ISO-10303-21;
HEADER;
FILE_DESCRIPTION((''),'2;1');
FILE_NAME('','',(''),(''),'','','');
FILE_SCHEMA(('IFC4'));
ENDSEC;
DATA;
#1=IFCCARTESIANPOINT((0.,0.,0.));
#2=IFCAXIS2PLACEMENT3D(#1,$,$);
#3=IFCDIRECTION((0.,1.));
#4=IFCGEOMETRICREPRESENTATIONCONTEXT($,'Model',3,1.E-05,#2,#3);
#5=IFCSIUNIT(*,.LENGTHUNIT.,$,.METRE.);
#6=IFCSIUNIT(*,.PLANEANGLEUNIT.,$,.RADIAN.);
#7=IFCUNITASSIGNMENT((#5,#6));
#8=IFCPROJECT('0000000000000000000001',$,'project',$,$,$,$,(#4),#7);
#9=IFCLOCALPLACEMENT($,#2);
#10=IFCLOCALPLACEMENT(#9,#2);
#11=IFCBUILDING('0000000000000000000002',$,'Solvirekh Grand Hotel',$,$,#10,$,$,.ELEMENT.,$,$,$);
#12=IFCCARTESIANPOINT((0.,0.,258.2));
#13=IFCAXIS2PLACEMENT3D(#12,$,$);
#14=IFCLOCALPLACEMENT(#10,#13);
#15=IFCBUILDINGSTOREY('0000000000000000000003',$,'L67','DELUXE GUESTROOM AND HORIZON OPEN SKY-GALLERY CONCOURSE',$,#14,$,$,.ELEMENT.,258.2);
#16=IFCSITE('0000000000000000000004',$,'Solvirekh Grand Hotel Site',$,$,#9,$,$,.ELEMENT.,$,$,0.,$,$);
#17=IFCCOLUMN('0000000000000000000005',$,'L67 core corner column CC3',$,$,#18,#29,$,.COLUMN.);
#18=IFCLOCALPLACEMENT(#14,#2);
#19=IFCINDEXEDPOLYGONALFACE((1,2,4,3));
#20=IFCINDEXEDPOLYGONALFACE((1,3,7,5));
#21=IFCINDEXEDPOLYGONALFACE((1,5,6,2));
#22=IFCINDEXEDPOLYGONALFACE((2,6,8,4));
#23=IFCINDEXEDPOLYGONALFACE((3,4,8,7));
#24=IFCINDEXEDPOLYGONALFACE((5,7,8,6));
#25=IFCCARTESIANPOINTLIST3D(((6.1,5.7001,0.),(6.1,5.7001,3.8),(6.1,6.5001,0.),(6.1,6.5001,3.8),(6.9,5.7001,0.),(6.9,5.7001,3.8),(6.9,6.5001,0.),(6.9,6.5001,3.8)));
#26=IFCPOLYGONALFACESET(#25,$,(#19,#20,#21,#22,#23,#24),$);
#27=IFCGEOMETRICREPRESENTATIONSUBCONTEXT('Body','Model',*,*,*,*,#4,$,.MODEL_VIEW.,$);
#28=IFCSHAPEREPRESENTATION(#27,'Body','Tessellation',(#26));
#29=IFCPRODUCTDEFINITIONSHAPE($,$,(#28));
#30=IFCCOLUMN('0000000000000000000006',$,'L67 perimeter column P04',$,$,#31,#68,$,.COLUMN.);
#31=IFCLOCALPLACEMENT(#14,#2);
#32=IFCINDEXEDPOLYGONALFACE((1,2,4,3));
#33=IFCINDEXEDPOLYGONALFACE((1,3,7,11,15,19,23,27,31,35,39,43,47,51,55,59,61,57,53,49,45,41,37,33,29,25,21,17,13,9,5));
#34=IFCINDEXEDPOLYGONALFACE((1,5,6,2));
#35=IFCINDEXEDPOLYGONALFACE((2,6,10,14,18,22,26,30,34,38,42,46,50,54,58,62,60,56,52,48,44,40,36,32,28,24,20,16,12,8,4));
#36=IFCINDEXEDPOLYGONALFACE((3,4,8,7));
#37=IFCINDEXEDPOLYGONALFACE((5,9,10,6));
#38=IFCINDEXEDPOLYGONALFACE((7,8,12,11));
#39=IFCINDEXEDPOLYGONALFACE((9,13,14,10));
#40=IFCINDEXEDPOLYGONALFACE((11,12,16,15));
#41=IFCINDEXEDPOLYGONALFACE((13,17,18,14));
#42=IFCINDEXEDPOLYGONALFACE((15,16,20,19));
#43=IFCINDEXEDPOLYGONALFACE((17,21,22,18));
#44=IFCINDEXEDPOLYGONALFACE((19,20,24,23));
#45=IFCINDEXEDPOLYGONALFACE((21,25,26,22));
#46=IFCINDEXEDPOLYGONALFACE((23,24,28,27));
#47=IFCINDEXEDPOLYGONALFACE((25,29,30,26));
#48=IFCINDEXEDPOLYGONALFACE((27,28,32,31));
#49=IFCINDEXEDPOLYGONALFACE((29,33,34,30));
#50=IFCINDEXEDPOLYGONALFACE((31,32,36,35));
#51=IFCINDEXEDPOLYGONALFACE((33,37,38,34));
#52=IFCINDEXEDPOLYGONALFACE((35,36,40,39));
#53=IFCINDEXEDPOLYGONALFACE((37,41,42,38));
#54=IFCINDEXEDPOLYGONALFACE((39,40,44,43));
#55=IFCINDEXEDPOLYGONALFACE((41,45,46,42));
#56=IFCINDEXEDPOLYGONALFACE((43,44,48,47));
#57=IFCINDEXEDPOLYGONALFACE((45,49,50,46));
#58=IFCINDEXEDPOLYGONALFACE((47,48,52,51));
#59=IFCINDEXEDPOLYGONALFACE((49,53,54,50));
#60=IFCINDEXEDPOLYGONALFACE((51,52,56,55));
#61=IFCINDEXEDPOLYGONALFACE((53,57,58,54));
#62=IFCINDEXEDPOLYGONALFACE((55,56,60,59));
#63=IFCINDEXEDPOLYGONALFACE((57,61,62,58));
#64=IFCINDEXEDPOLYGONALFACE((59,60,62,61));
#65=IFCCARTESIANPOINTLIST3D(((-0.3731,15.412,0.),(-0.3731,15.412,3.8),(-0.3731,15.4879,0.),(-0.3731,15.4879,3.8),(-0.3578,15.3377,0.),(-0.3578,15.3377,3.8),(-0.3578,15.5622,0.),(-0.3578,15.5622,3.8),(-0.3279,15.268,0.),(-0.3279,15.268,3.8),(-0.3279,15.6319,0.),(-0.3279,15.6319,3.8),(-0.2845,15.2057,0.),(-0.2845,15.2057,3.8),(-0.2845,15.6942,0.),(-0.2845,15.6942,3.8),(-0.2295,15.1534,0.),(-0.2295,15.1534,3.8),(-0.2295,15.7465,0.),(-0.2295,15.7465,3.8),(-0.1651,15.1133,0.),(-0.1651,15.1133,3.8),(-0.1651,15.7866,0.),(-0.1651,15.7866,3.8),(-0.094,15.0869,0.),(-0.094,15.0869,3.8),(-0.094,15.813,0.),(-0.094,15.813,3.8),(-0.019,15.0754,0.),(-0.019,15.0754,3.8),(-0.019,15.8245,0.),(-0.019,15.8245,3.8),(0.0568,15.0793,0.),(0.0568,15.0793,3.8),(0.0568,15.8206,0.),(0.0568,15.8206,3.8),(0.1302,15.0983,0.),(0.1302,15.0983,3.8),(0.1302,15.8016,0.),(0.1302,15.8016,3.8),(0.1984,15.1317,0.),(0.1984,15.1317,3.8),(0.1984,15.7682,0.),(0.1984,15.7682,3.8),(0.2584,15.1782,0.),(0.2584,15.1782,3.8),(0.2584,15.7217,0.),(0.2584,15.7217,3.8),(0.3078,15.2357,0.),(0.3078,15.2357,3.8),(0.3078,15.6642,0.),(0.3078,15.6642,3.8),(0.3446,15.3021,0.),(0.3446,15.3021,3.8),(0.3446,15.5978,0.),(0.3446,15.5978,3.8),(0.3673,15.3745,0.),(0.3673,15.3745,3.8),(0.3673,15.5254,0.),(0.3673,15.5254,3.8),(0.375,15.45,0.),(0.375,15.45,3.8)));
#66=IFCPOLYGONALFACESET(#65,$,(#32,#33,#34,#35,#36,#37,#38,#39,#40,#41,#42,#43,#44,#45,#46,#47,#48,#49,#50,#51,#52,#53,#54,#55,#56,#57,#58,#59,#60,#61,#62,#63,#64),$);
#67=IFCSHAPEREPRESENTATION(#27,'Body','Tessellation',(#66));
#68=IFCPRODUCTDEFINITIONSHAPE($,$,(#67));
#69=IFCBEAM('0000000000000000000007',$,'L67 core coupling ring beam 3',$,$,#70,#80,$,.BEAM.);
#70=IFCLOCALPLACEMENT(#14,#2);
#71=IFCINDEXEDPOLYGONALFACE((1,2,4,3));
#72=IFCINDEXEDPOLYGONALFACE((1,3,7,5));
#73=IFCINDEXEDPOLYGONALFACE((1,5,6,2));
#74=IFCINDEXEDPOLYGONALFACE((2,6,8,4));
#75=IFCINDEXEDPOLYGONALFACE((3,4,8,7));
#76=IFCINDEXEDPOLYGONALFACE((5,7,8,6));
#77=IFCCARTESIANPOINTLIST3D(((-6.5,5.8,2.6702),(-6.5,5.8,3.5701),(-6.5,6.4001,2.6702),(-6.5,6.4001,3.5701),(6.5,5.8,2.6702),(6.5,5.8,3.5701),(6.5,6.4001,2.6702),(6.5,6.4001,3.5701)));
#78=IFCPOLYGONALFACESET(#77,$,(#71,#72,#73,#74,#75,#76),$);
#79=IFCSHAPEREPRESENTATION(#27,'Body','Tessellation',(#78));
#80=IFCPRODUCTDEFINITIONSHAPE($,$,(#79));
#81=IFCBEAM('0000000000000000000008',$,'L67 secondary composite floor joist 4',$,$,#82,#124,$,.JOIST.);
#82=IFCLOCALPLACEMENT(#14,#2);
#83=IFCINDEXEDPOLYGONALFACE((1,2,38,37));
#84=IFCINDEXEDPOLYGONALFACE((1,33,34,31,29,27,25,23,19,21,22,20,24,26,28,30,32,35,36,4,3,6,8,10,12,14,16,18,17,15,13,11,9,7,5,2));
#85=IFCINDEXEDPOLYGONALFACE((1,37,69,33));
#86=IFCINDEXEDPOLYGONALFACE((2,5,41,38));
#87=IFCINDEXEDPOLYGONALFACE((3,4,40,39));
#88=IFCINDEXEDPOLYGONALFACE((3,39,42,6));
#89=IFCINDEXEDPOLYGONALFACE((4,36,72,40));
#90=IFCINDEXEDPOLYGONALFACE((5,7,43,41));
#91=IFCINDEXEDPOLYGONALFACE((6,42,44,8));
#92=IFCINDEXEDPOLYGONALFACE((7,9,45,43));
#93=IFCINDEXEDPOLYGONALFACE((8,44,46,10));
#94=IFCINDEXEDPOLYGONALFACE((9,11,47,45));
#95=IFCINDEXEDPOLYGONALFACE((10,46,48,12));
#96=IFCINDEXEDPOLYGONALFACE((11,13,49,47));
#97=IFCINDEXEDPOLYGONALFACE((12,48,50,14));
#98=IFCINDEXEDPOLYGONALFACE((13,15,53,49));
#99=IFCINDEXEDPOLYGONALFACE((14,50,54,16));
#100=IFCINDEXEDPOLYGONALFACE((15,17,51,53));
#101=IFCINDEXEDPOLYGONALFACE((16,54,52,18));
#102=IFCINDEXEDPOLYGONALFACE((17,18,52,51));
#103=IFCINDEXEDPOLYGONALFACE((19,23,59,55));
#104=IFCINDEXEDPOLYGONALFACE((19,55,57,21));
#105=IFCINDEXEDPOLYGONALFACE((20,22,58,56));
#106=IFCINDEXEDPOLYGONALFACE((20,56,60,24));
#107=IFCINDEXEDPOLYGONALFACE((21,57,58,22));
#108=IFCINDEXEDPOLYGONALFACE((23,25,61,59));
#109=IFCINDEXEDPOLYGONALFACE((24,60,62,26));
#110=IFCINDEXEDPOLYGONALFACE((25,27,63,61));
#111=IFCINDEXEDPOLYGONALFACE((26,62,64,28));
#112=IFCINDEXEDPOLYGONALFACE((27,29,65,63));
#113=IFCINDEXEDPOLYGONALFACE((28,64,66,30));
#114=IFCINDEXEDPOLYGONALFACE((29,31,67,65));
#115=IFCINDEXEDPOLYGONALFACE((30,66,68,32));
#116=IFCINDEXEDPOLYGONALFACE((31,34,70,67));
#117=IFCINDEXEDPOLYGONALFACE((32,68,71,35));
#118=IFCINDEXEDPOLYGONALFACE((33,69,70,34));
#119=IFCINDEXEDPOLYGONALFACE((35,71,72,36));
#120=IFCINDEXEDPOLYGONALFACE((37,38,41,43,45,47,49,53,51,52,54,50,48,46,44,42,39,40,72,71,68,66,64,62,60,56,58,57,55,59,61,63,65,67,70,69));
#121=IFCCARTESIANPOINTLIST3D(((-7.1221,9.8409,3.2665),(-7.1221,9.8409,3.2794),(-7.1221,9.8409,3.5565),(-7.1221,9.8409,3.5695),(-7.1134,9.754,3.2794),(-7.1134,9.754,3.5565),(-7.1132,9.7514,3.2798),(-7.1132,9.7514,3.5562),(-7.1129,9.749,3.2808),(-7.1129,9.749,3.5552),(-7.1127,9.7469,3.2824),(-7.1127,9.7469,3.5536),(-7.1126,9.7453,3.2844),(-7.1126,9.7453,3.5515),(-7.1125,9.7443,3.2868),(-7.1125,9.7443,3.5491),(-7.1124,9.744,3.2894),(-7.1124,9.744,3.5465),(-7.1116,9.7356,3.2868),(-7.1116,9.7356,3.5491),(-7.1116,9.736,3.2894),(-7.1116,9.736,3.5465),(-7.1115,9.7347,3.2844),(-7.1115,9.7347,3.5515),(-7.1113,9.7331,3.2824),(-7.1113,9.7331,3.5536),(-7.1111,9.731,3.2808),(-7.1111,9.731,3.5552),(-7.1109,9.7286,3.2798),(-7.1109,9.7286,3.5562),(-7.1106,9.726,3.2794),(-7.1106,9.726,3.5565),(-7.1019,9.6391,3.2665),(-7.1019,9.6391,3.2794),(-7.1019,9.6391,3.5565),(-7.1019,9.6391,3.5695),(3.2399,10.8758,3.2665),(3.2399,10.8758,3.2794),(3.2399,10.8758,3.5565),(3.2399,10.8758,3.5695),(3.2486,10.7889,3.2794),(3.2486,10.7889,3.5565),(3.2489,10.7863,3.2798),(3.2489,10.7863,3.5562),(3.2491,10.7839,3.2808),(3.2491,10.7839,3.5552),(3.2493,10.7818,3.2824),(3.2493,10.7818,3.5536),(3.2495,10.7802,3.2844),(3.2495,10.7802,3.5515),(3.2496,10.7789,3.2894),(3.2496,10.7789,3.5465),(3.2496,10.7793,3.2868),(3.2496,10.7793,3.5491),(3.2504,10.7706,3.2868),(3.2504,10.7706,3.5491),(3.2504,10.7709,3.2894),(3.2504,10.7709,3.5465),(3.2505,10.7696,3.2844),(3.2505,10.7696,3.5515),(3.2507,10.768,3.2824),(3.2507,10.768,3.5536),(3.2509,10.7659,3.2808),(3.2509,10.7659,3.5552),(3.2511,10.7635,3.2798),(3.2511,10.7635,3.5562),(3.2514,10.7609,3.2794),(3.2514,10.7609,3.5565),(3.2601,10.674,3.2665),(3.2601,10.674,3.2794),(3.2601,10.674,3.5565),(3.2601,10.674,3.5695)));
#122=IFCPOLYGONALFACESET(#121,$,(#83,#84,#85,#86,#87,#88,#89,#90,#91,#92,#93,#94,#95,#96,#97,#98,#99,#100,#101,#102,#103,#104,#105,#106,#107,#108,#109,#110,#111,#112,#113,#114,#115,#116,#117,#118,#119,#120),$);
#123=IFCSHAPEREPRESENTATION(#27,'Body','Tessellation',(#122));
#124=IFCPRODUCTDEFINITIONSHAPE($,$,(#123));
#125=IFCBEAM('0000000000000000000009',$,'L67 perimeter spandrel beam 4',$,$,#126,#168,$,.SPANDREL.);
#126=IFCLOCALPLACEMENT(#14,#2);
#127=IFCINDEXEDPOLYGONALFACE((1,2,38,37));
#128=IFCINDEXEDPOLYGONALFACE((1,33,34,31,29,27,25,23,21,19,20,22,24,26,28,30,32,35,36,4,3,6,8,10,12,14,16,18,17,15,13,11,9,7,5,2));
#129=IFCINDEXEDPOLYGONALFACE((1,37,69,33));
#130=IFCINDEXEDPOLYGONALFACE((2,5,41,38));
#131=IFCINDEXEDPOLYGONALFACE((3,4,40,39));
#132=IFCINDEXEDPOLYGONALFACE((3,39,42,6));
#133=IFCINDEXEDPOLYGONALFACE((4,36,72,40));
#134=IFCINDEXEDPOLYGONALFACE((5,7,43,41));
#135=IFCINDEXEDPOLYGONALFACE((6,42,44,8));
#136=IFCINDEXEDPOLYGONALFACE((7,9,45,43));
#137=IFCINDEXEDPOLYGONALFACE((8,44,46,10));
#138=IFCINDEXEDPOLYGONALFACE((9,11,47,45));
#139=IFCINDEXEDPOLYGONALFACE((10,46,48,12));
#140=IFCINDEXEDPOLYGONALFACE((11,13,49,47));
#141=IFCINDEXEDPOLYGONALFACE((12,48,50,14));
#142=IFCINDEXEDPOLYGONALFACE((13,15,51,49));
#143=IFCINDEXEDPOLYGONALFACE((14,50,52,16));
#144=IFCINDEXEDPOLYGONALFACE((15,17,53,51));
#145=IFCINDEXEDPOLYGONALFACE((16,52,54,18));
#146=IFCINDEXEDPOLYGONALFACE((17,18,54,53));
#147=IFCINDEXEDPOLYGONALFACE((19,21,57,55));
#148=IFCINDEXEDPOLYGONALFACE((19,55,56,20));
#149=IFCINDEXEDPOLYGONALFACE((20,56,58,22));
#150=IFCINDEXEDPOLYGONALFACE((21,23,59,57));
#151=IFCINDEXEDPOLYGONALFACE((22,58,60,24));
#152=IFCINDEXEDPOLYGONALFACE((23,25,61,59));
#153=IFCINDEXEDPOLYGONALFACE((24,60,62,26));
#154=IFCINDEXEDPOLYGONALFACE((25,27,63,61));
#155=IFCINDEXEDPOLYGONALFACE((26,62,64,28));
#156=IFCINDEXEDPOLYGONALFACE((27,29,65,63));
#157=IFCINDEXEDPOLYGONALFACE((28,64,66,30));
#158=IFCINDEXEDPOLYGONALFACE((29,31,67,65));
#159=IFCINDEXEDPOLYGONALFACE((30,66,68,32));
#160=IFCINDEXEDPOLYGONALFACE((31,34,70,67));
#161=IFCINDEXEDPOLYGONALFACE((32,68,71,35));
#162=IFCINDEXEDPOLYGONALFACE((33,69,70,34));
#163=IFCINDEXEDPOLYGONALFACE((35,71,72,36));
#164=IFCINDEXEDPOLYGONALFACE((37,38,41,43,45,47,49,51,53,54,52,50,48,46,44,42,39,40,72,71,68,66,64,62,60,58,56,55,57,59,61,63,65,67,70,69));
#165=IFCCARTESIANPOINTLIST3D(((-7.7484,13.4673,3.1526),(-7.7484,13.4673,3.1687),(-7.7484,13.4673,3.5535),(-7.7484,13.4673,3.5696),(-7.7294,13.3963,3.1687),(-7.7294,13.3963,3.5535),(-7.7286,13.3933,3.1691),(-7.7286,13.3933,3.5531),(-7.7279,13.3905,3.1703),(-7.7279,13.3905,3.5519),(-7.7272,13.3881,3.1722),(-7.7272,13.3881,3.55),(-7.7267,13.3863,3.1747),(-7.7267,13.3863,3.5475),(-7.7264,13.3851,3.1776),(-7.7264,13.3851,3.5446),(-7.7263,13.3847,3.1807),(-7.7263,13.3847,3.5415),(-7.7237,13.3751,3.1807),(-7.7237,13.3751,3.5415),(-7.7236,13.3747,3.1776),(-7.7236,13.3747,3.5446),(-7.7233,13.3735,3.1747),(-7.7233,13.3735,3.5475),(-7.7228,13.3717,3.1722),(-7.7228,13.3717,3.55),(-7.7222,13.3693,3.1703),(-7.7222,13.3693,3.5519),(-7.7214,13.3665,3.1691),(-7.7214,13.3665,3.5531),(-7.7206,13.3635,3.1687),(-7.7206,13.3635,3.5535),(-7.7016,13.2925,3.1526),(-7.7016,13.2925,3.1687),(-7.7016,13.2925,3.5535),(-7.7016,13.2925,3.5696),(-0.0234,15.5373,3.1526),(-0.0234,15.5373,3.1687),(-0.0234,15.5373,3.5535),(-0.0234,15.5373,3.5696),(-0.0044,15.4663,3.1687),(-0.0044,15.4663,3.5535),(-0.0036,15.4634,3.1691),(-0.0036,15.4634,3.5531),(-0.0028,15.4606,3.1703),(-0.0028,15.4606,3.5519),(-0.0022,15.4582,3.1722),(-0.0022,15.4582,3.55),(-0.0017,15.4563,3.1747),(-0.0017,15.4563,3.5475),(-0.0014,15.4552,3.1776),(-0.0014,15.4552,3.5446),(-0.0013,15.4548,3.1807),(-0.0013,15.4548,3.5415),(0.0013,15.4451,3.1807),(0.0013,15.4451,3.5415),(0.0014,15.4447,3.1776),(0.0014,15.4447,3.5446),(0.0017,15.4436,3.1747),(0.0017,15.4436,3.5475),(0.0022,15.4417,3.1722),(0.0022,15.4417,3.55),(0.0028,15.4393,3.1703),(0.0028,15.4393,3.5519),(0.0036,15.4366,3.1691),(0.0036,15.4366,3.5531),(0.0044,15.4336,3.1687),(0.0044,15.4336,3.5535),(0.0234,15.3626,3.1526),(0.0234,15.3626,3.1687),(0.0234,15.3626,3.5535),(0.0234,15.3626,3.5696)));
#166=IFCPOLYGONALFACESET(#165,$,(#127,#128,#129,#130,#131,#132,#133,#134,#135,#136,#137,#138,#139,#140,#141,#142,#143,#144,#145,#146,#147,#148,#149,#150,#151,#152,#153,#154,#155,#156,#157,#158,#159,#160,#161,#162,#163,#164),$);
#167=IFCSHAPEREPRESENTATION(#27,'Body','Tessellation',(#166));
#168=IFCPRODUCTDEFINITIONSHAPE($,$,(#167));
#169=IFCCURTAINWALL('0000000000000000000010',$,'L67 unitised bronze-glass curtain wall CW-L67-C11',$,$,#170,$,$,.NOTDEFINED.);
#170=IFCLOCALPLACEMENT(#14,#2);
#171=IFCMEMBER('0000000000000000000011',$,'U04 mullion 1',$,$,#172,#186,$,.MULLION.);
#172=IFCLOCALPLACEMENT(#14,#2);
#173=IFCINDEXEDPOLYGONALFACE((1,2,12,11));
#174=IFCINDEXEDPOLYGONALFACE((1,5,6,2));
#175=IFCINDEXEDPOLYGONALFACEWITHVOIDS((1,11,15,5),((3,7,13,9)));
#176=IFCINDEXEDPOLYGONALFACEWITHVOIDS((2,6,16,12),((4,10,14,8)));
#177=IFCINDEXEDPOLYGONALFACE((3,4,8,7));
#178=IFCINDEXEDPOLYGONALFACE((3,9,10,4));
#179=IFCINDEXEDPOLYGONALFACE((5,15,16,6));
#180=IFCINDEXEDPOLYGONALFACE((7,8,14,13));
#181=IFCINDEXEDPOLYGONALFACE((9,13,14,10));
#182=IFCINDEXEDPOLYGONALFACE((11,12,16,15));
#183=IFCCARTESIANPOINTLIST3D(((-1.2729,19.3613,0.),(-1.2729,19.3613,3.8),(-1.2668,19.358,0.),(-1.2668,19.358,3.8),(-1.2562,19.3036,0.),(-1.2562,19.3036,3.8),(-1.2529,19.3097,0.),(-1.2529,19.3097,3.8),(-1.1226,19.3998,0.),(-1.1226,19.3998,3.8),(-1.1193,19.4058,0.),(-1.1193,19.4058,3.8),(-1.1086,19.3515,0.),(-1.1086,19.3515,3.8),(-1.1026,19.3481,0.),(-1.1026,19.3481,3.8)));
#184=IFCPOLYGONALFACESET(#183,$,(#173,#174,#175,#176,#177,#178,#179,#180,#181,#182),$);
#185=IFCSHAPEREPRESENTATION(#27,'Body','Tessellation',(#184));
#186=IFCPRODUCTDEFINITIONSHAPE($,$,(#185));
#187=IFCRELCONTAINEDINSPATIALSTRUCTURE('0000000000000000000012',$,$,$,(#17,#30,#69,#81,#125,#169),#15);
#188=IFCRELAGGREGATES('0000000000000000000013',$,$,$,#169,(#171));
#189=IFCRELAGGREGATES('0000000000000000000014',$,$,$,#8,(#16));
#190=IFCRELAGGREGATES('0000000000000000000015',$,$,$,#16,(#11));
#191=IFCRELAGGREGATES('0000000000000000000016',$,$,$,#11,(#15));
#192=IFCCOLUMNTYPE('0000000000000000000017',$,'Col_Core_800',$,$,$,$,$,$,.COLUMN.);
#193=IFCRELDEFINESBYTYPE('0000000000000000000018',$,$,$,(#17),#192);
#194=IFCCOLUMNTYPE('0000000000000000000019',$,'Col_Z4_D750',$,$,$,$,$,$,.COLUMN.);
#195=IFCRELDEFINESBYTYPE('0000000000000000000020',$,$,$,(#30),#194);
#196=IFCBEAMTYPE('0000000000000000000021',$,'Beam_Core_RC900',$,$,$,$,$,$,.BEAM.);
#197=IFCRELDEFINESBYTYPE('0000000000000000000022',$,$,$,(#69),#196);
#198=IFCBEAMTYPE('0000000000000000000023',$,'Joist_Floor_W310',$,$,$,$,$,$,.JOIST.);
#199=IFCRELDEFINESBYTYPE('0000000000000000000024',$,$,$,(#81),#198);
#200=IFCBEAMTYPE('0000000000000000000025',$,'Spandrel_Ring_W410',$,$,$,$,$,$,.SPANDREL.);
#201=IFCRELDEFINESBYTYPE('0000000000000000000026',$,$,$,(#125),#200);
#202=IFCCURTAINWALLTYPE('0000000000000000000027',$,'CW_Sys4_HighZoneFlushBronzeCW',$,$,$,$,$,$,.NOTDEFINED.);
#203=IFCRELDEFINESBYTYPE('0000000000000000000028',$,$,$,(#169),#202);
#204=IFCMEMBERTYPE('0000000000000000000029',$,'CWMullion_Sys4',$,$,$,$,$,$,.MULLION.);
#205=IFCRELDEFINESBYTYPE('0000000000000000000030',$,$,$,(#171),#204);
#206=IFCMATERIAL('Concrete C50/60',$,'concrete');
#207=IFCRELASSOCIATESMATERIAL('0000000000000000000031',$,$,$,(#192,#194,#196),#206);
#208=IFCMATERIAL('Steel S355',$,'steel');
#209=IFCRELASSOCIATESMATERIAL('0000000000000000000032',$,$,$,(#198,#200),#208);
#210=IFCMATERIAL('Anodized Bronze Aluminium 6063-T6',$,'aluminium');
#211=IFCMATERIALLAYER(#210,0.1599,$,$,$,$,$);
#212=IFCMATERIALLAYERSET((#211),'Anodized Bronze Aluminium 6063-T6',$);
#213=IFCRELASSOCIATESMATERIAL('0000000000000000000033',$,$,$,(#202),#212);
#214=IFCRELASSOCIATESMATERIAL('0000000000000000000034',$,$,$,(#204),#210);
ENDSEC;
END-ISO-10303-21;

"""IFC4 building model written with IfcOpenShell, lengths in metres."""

from ifc_helpers import new_model, si_unit, direction, frame, origin, origin_2d, place, context, subcontext, project, spatial, rectangle, hollow_rectangle, circle, i_section, extrude, source, transform, mapped, material, layer, layer_set, material_profile, profile_set, type_object, element, aggregate, save


model = new_model("IFC4")

# Units and contexts
model_context = context("Model", 3, precision=1e-05, world=origin(), true_north=direction((0.0, 1.0)))
body_context = subcontext(model_context, "Body", "Model", "MODEL_VIEW")
ifc_project = project(units=[si_unit("LENGTHUNIT", "METRE"), si_unit("PLANEANGLEUNIT", "RADIAN")], contexts=[model_context])

# Site, building, storey
site_placement = place(None, origin())
site = spatial("IfcSite", under=ifc_project, at=site_placement, Name="Solvirekh Grand Hotel Site", CompositionType="ELEMENT", RefElevation=0.0)
building_placement = place(site_placement, origin())
building = spatial("IfcBuilding", under=site, at=building_placement, Name="Solvirekh Grand Hotel", CompositionType="ELEMENT")
storey_placement = place(building_placement, frame((0.0, 0.0, 258.2)))
storey = spatial("IfcBuildingStorey", under=building, at=storey_placement, Name="L67", Description="DELUXE GUESTROOM AND HORIZON OPEN SKY-GALLERY CONCOURSE", CompositionType="ELEMENT", Elevation=258.2)

# Columns
ifc_material_1 = material(Name="Concrete C50/60", Category="concrete")
ifc_material_profile_1 = material_profile(ifc_material_1, rectangle(XDim=0.8, YDim=0.8, at=origin_2d()), Name="RC 800X800")
ifc_profile_set_1 = profile_set([ifc_material_profile_1], Name="Concrete C50/60")
column_type_1 = type_object("IfcColumnType", Name="Col_Core_800", PredefinedType="COLUMN", material=ifc_profile_set_1)
column_1_placement = place(storey_placement, frame((6.5, 6.1001, 0.0), z_axis=(0.0, 0.0, 1.0), x_axis=(1.0, 0.0, 0.0)))
element("IfcColumn", 1, at=column_1_placement, inside=storey, type_object=column_type_1, Name="L67 core corner column CC3", PredefinedType="COLUMN", context=body_context, shape_type="SweptSolid", body=[
    extrude(rectangle(XDim=0.8, YDim=0.8, at=origin_2d()), origin(), (0.0, 0.0, 1.0), 3.8),
])
ifc_material_profile_2 = material_profile(ifc_material_1, circle(Radius=0.375, at=origin_2d()), Name="RC CIRC D750")
ifc_profile_set_2 = profile_set([ifc_material_profile_2], Name="Concrete C50/60")
column_type_2 = type_object("IfcColumnType", Name="Col_Z4_D750", PredefinedType="COLUMN", material=ifc_profile_set_2)
column_2_placement = place(storey_placement, frame((0.0, 15.45, 0.0), z_axis=(0.0, 0.0, 1.0), x_axis=(1.0, 0.0, 0.0)))
element("IfcColumn", 2, at=column_2_placement, inside=storey, type_object=column_type_2, Name="L67 perimeter column P04", PredefinedType="COLUMN", context=body_context, shape_type="SweptSolid", body=[
    extrude(circle(Radius=0.375, at=origin_2d()), origin(), (0.0, 0.0, 1.0), 3.8),
])

# Beams
ifc_material_profile_3 = material_profile(ifc_material_1, rectangle(XDim=0.6001, YDim=0.8999, at=origin_2d()), Name="RC BEAM 600X900")
ifc_profile_set_3 = profile_set([ifc_material_profile_3], Name="Concrete C50/60")
beam_type_1 = type_object("IfcBeamType", Name="Beam_Core_RC900", PredefinedType="BEAM", material=ifc_profile_set_3)
beam_1_placement = place(storey_placement, frame((6.5, 6.1001, 3.1201), z_axis=(-1.0, 0.0, 0.0), x_axis=(0.0, -1.0, 0.0)))
element("IfcBeam", 3, at=beam_1_placement, inside=storey, type_object=beam_type_1, Name="L67 core coupling ring beam 3", PredefinedType="BEAM", context=body_context, shape_type="SweptSolid", body=[
    extrude(rectangle(XDim=0.6001, YDim=0.8999, at=origin_2d()), origin(), (0.0, 0.0, 1.0), 13.0),
])
ifc_material_2 = material(Name="Steel S355", Category="steel")
ifc_material_profile_4 = material_profile(ifc_material_2, i_section(OverallWidth=0.2029, OverallDepth=0.303, WebThickness=0.0081, FlangeThickness=0.0129, FilletRadius=0.01, at=origin_2d()), Name="W310X60")
ifc_profile_set_4 = profile_set([ifc_material_profile_4], Name="Steel S355")
beam_type_2 = type_object("IfcBeamType", Name="Joist_Floor_W310", PredefinedType="JOIST", material=ifc_profile_set_4)
beam_2_placement = place(storey_placement, frame((3.25, 10.7749, 3.418), z_axis=(-0.995049, -0.099381, 0.0), x_axis=(0.099381, -0.995049, 0.0)))
element("IfcBeam", 4, at=beam_2_placement, inside=storey, type_object=beam_type_2, Name="L67 secondary composite floor joist 4", PredefinedType="JOIST", context=body_context, shape_type="SweptSolid", body=[
    extrude(i_section(OverallWidth=0.2029, OverallDepth=0.303, WebThickness=0.0081, FlangeThickness=0.0129, FilletRadius=0.01, at=origin_2d()), origin(), (0.0, 0.0, 1.0), 10.4136),
])
ifc_material_profile_5 = material_profile(ifc_material_2, i_section(OverallWidth=0.1809, OverallDepth=0.417, WebThickness=0.01, FlangeThickness=0.0161, FilletRadius=0.012, at=origin_2d()), Name="W410X85")
ifc_profile_set_5 = profile_set([ifc_material_profile_5], Name="Steel S355")
beam_type_3 = type_object("IfcBeamType", Name="Spandrel_Ring_W410", PredefinedType="SPANDREL", material=ifc_profile_set_5)
beam_3_placement = place(storey_placement, frame((0.0, 15.45, 3.3611), z_axis=(-0.965922, -0.258835, 0.0), x_axis=(0.258835, -0.965922, 0.0)))
element("IfcBeam", 5, at=beam_3_placement, inside=storey, type_object=beam_type_3, Name="L67 perimeter spandrel beam 4", PredefinedType="SPANDREL", context=body_context, shape_type="SweptSolid", body=[
    extrude(i_section(OverallWidth=0.1809, OverallDepth=0.417, WebThickness=0.01, FlangeThickness=0.0161, FilletRadius=0.012, at=origin_2d()), origin(), (0.0, 0.0, 1.0), 7.9976),
])

# Curtain wall, member
ifc_material_3 = material(Name="Anodized Bronze Aluminium 6063-T6", Category="aluminium")
ifc_layer_1 = layer(ifc_material_3, 0.1599)
ifc_layer_set_1 = layer_set([ifc_layer_1], Name="Anodized Bronze Aluminium 6063-T6")
curtain_wall_type = type_object("IfcCurtainWallType", Name="CW_Sys4_HighZoneFlushBronzeCW", PredefinedType="NOTDEFINED", material=ifc_layer_set_1)
curtain_wall_placement = place(storey_placement, origin())
curtain_wall = element("IfcCurtainWall", 6, at=curtain_wall_placement, inside=storey, type_object=curtain_wall_type, Name="L67 unitised bronze-glass curtain wall CW-L67-C11", PredefinedType="NOTDEFINED")
ifc_material_profile_6 = material_profile(ifc_material_3, hollow_rectangle(XDim=0.0601, YDim=0.1599, WallThickness=0.0049, at=origin_2d()), Name="ALU RHS 160X60X5")
ifc_profile_set_6 = profile_set([ifc_material_profile_6], Name="Anodized Bronze Aluminium 6063-T6")
member_type = type_object("IfcMemberType", Name="CWMullion_Sys4", PredefinedType="MULLION", material=ifc_profile_set_6)
shared_shape = source(origin(), body_context, "Body", "SweptSolid", [
    extrude(hollow_rectangle(XDim=0.0601, YDim=0.1599, WallThickness=0.0049, at=origin_2d()), origin(), (0.0, 0.0, 1.0), 3.8),
])
member_placement = place(storey_placement, frame((-1.1877, 19.3547, 0.0), z_axis=(0.0, 0.0, 1.0), x_axis=(0.278273, -0.960502, 0.0)))
member = element("IfcMember", 7, at=member_placement, type_object=member_type, Name="U04 mullion 1", PredefinedType="MULLION", context=body_context, shape_type="MappedRepresentation", body=[
    mapped(shared_shape, transform((0.0, 0.0, 0.0), x_axis=(1.0, 0.0, 0.0), y_axis=(0.0, 1.0, 0.0), z_axis=(0.0, 0.0, 1.0), scale=1.0)),
])
aggregate(curtain_wall, [member])

save(model, "model.ifc")
